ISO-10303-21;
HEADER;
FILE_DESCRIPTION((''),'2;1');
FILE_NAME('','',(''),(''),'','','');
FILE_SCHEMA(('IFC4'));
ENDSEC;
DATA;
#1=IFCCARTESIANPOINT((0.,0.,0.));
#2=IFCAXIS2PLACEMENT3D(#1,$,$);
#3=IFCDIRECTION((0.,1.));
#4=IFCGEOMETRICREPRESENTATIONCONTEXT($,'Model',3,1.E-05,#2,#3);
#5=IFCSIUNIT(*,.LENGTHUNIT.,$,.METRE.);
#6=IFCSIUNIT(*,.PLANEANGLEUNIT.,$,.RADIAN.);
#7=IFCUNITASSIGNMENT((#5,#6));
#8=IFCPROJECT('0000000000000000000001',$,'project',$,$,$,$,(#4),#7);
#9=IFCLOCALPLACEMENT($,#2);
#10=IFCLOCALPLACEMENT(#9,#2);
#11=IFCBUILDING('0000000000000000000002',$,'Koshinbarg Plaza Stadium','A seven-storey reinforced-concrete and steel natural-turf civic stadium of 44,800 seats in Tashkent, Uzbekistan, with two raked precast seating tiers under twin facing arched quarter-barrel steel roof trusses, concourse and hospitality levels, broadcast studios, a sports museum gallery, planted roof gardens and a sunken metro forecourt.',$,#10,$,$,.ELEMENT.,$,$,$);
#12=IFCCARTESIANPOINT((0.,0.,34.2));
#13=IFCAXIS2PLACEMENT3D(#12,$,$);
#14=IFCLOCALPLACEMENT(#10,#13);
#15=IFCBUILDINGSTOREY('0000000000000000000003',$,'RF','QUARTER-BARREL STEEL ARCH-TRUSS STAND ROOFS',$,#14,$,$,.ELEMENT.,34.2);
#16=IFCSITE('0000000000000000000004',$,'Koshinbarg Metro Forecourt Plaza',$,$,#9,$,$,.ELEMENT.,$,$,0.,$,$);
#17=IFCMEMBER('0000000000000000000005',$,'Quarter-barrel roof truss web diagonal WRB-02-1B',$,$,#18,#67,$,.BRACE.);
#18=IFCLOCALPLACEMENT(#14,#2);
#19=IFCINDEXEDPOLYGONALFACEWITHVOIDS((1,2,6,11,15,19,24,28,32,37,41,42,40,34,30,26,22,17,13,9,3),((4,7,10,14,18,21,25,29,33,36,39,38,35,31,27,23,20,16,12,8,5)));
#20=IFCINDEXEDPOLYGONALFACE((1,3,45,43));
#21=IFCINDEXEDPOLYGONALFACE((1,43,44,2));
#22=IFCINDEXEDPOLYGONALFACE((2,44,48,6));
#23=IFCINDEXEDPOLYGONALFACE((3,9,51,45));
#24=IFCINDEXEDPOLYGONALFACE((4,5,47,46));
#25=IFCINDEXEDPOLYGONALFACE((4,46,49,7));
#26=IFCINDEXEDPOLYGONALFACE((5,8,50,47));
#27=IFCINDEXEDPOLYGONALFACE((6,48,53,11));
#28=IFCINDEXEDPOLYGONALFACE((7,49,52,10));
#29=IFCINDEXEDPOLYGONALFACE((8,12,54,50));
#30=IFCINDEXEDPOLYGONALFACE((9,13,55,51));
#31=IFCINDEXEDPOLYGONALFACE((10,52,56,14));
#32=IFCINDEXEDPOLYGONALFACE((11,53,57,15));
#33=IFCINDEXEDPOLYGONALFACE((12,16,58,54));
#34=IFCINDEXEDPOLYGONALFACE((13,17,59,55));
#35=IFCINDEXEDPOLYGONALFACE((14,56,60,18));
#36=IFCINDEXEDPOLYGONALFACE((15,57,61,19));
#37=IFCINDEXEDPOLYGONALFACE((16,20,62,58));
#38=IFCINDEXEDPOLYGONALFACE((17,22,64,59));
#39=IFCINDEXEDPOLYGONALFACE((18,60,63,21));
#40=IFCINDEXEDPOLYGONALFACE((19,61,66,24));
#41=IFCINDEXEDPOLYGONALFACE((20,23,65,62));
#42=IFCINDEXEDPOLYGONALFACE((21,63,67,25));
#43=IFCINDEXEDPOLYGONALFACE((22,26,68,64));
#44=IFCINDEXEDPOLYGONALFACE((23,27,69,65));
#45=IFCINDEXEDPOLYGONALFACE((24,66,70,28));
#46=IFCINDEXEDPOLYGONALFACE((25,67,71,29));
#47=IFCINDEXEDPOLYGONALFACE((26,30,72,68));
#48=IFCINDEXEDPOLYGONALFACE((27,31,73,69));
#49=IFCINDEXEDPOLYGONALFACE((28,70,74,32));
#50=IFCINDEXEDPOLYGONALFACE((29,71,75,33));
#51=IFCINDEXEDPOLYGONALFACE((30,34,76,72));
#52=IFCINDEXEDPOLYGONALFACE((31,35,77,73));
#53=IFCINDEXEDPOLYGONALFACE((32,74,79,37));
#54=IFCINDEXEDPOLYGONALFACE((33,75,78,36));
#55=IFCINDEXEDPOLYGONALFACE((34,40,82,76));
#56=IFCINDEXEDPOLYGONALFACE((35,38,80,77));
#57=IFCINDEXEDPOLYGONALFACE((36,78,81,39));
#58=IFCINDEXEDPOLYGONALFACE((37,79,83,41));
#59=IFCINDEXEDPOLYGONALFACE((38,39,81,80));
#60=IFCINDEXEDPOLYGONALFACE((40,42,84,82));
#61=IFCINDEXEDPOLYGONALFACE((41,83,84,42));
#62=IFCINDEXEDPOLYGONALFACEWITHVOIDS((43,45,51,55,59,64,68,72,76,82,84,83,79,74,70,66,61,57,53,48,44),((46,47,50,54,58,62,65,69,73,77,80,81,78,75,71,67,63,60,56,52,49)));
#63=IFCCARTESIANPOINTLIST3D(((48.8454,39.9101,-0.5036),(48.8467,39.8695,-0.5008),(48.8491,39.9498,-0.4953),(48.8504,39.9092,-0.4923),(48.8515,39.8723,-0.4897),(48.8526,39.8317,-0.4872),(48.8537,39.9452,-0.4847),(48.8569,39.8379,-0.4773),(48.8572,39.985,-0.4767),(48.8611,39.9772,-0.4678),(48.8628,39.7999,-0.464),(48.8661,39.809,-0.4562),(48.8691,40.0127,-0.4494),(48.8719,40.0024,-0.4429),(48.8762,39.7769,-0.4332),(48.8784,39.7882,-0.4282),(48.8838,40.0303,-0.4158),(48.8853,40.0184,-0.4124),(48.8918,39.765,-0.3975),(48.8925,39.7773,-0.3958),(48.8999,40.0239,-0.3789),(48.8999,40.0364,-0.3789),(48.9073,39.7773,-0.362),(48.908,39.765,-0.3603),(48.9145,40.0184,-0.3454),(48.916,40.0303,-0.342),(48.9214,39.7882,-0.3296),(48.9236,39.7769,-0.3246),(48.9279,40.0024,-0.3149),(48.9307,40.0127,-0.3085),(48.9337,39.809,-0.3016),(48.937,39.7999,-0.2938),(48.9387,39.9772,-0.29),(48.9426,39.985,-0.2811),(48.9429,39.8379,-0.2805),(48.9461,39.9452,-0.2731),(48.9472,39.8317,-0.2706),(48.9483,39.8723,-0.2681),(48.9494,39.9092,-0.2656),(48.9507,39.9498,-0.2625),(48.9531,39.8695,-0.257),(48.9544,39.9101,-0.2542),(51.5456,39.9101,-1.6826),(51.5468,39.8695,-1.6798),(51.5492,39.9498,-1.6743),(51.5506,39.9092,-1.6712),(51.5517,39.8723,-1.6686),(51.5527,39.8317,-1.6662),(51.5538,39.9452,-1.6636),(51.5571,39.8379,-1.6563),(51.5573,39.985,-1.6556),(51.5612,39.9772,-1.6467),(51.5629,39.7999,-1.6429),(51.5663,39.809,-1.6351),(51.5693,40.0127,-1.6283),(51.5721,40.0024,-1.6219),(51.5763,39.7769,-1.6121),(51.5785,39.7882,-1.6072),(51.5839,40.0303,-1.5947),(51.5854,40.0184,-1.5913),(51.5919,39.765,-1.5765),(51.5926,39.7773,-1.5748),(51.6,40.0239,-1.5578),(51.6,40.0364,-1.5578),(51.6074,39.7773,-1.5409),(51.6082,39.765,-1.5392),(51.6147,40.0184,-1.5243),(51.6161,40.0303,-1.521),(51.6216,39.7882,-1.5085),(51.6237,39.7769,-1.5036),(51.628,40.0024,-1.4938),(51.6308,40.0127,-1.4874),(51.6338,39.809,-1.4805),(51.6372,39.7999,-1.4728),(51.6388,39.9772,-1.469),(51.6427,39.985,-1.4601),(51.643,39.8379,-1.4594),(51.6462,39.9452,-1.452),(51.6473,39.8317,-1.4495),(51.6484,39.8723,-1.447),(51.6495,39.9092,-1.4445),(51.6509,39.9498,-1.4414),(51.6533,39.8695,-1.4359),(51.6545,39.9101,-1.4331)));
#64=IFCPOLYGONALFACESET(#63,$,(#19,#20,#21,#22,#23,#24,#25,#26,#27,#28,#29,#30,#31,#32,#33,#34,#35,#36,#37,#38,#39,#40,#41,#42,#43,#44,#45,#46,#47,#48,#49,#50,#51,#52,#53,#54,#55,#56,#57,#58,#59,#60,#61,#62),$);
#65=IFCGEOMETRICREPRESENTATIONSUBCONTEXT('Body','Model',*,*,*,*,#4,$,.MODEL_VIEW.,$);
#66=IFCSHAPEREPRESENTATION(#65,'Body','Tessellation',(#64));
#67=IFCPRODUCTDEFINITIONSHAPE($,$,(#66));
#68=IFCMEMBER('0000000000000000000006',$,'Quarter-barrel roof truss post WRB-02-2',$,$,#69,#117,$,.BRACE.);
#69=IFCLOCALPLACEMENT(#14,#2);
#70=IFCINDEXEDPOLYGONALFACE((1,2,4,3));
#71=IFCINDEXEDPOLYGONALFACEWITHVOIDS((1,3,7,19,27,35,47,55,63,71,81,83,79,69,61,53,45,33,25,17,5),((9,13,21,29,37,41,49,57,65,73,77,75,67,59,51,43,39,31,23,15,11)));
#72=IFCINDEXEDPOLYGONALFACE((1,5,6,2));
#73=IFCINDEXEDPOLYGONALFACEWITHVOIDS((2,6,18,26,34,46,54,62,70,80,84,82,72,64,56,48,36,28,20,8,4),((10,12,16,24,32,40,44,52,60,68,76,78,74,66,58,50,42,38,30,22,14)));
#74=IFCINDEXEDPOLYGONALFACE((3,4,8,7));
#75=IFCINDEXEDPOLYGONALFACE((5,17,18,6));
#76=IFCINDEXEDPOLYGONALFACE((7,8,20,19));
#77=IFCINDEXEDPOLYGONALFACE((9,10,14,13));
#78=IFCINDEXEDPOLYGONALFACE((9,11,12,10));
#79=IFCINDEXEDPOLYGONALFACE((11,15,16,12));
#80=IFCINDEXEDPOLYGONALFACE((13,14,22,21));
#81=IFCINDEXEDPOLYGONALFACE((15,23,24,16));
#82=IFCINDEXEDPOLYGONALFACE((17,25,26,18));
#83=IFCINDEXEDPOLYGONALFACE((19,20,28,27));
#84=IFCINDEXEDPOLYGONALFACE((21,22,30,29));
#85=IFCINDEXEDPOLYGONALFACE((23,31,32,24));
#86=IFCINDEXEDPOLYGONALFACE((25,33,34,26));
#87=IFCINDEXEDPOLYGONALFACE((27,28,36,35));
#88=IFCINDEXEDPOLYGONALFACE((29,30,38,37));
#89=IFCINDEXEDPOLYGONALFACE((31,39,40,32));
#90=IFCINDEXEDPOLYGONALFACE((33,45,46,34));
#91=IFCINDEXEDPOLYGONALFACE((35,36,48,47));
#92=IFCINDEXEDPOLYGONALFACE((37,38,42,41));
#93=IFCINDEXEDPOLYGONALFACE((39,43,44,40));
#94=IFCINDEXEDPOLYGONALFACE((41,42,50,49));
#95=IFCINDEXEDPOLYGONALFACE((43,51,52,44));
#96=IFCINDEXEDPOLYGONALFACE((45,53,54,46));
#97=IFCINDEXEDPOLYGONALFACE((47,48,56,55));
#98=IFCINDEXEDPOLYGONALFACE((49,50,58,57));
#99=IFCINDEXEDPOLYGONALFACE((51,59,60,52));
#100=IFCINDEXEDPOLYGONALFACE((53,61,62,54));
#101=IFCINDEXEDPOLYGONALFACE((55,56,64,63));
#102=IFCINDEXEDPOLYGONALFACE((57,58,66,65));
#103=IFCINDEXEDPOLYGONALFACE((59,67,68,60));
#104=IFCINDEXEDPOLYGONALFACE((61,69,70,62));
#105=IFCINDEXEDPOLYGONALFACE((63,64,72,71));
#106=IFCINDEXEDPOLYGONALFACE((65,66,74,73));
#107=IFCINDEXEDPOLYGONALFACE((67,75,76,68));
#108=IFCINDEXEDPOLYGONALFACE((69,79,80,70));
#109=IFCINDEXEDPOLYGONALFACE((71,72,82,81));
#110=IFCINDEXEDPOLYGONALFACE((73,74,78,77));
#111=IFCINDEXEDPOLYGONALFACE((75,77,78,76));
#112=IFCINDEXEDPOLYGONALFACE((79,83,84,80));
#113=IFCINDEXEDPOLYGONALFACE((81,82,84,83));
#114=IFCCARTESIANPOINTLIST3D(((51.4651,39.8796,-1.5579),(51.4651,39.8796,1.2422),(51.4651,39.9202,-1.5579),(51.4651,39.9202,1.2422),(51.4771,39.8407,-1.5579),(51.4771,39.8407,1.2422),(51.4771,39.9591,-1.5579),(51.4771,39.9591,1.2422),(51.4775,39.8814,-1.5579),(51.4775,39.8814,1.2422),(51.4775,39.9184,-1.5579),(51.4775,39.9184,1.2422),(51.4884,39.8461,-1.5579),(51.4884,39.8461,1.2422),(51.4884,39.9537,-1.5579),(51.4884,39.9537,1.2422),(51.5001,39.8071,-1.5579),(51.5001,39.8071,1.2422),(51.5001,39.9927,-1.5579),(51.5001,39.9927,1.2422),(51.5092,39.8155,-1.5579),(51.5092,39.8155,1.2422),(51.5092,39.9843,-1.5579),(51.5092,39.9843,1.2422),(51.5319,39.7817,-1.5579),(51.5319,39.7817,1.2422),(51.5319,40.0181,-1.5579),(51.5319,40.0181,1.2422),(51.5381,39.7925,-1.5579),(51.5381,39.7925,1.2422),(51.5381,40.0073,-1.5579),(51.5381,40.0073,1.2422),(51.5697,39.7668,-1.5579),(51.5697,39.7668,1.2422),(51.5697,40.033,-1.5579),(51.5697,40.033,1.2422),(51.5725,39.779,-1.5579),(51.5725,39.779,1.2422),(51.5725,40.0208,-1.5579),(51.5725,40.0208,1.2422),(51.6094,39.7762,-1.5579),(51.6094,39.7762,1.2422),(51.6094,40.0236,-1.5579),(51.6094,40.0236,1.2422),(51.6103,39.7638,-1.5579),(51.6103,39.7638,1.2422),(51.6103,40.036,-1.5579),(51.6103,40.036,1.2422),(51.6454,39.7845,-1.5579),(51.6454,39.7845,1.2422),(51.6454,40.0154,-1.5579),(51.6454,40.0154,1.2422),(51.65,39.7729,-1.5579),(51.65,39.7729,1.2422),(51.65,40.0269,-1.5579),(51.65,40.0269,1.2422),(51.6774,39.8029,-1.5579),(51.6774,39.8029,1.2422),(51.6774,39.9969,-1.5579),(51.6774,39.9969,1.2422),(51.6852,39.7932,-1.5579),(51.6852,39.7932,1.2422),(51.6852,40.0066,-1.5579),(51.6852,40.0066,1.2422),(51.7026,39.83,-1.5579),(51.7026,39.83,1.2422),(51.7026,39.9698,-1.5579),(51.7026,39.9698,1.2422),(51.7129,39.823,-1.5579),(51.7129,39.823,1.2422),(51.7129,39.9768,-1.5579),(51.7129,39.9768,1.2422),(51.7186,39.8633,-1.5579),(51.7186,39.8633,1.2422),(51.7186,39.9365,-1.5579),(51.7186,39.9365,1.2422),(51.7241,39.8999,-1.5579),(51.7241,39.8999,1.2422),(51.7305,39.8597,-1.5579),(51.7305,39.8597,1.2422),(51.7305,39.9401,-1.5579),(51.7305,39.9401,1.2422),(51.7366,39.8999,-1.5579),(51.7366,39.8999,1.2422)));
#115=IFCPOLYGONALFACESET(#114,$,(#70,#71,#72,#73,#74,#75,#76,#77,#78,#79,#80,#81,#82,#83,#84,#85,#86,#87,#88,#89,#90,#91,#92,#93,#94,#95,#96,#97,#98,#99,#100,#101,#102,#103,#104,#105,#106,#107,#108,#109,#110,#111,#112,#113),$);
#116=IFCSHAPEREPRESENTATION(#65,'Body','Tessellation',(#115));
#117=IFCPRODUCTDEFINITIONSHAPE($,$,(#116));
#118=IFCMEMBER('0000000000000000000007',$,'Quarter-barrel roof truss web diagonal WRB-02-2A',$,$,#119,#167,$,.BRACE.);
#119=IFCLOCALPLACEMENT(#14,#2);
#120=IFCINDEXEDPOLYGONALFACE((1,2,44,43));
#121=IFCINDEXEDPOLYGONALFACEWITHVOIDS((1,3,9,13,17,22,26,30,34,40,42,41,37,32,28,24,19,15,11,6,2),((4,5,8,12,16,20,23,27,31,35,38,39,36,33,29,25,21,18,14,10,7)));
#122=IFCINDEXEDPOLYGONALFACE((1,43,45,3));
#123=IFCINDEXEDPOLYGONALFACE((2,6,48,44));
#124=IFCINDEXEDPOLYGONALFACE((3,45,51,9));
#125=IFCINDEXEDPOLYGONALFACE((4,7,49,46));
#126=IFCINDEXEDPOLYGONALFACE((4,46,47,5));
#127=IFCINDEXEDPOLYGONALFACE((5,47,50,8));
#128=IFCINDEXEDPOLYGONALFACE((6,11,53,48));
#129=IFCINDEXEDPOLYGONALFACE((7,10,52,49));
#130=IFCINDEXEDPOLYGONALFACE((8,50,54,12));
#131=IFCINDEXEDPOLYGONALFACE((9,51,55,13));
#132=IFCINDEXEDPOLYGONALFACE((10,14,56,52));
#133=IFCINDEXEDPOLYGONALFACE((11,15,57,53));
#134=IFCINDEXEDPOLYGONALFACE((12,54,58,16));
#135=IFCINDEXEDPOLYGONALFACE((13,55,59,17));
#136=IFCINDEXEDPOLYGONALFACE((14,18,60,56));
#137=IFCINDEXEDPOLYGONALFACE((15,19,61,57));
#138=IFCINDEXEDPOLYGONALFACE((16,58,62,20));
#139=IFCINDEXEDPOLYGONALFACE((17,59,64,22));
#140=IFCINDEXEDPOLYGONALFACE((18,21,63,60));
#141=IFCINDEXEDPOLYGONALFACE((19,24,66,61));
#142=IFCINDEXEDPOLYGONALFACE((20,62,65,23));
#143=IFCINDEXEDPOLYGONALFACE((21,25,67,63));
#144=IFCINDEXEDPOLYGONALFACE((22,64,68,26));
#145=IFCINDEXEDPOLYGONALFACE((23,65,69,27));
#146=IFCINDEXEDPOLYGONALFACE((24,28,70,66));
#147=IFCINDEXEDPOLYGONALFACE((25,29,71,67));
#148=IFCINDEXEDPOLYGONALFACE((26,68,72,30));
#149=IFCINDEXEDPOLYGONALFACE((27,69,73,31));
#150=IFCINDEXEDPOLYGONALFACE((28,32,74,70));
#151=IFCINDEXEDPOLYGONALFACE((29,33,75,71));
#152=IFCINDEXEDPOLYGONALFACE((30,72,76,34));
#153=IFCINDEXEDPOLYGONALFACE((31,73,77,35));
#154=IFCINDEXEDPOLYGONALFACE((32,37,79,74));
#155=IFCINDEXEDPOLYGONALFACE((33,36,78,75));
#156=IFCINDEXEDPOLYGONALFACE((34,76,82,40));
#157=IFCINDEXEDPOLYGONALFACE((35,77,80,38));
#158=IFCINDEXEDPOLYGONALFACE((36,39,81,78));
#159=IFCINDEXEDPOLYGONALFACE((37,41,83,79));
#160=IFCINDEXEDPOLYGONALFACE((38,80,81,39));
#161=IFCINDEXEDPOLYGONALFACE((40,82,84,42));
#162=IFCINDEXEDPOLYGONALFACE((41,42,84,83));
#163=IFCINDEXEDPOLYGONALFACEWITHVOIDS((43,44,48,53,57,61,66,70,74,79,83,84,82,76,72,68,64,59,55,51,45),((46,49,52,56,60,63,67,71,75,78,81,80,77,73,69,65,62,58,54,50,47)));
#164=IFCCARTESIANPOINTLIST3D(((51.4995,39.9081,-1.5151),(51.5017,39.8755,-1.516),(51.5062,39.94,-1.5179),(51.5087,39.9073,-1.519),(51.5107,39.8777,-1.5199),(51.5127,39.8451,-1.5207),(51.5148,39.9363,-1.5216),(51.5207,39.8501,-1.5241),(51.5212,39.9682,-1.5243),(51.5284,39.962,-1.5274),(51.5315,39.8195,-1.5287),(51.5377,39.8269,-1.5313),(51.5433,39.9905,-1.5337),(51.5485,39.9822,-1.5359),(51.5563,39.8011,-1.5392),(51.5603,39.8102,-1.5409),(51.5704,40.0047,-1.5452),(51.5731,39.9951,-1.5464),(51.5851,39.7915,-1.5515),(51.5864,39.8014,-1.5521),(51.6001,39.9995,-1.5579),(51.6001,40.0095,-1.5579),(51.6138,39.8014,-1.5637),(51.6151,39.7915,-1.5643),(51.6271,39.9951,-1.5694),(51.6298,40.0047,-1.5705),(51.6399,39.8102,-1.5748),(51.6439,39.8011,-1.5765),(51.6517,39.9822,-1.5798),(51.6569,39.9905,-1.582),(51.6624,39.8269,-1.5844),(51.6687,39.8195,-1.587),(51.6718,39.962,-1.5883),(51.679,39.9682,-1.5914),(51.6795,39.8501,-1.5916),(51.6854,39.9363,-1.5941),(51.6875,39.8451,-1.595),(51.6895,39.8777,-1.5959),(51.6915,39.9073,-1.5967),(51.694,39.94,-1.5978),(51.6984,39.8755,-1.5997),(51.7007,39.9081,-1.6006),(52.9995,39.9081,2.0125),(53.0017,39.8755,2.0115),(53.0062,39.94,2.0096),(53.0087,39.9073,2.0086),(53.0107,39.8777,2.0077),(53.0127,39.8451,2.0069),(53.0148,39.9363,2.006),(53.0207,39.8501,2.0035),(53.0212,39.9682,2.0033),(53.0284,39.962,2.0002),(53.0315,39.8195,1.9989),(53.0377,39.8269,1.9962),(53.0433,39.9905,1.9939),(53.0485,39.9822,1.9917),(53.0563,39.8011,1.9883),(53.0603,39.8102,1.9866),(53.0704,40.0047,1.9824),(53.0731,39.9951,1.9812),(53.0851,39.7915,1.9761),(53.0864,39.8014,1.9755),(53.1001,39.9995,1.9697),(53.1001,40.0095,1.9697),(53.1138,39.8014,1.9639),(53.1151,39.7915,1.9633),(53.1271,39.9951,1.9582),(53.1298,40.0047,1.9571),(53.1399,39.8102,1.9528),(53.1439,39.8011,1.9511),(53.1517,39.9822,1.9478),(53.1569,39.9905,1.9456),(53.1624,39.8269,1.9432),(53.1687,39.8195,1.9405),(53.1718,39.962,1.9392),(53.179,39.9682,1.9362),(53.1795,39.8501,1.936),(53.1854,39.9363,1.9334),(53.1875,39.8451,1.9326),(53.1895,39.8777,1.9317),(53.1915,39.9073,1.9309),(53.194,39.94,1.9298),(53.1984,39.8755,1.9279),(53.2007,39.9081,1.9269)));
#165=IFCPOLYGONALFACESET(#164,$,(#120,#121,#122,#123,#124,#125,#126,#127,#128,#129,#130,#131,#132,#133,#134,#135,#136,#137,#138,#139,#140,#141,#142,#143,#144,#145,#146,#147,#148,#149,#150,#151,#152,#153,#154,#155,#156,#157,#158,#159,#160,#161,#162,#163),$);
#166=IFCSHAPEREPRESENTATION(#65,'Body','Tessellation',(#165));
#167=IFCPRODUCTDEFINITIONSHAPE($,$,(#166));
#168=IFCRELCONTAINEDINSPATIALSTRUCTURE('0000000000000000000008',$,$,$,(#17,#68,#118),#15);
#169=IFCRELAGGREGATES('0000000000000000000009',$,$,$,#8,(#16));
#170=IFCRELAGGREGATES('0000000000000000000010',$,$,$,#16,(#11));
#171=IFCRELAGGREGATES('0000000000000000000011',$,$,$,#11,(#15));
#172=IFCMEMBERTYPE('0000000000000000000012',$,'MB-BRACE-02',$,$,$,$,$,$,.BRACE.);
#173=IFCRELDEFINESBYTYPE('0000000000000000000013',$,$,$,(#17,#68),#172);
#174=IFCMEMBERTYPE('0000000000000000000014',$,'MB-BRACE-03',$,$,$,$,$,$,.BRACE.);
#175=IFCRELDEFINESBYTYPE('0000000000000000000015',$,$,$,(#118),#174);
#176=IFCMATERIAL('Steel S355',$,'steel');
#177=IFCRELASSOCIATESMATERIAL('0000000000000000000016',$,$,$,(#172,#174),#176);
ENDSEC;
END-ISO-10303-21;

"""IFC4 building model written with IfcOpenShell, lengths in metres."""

from ifc_helpers import new_model, si_unit, direction, frame, origin, origin_2d, place, context, subcontext, project, spatial, hollow_circle, extrude, material, material_profile, profile_set, type_object, element, save


model = new_model("IFC4")

# Units and contexts
model_context = context("Model", 3, precision=1e-05, world=origin(), true_north=direction((0.0, 1.0)))
body_context = subcontext(model_context, "Body", "Model", "MODEL_VIEW")
ifc_project = project(units=[si_unit("LENGTHUNIT", "METRE"), si_unit("PLANEANGLEUNIT", "RADIAN")], contexts=[model_context])

# Site, building, storey
site_placement = place(None, origin())
site = spatial("IfcSite", under=ifc_project, at=site_placement, Name="Koshinbarg Metro Forecourt Plaza", CompositionType="ELEMENT", RefElevation=0.0)
building_placement = place(site_placement, origin())
building = spatial("IfcBuilding", under=site, at=building_placement, Name="Koshinbarg Plaza Stadium", Description="A seven-storey reinforced-concrete and steel natural-turf civic stadium of 44,800 seats in Tashkent, Uzbekistan, with two raked precast seating tiers under twin facing arched quarter-barrel steel roof trusses, concourse and hospitality levels, broadcast studios, a sports museum gallery, planted roof gardens and a sunken metro forecourt.", CompositionType="ELEMENT")
storey_placement = place(building_placement, frame((0.0, 0.0, 34.2)))
storey = spatial("IfcBuildingStorey", under=building, at=storey_placement, Name="RF", Description="QUARTER-BARREL STEEL ARCH-TRUSS STAND ROOFS", CompositionType="ELEMENT", Elevation=34.2)

# Members
ifc_material_1 = material(Name="Steel S355", Category="steel")
ifc_material_profile_1 = material_profile(ifc_material_1, hollow_circle(Radius=0.1365, WallThickness=0.0125, at=origin_2d()), Name="CHS 273x12.5")
ifc_profile_set_1 = profile_set([ifc_material_profile_1], Name="Steel S355")
member_type_1 = type_object("IfcMemberType", Name="MB-BRACE-02", PredefinedType="BRACE", material=ifc_profile_set_1)
member_1_placement = place(storey_placement, frame((48.8999, 39.8999, -0.3789), z_axis=(0.916454, 0.0, -0.400141), x_axis=(0.0, 1.0, 0.0)))
element("IfcMember", 1, at=member_1_placement, inside=storey, type_object=member_type_1, Name="Quarter-barrel roof truss web diagonal WRB-02-1B", PredefinedType="BRACE", context=body_context, shape_type="SweptSolid", body=[
    extrude(hollow_circle(Radius=0.1365, WallThickness=0.0125, at=origin_2d()), origin(), (0.0, 0.0, 1.0), 2.9463),
])
member_2_placement = place(storey_placement, frame((51.6001, 39.8999, -1.5579), z_axis=(0.0, 0.0, 1.0), x_axis=(1.0, 0.0, 0.0)))
element("IfcMember", 2, at=member_2_placement, inside=storey, type_object=member_type_1, Name="Quarter-barrel roof truss post WRB-02-2", PredefinedType="BRACE", context=body_context, shape_type="SweptSolid", body=[
    extrude(hollow_circle(Radius=0.1365, WallThickness=0.0125, at=origin_2d()), origin(), (0.0, 0.0, 1.0), 2.8),
])
ifc_material_profile_2 = material_profile(ifc_material_1, hollow_circle(Radius=0.1096, WallThickness=0.01, at=origin_2d()), Name="CHS 219.1x10")
ifc_profile_set_2 = profile_set([ifc_material_profile_2], Name="Steel S355")
member_type_2 = type_object("IfcMemberType", Name="MB-BRACE-03", PredefinedType="BRACE", material=ifc_profile_set_2)
member_3_placement = place(storey_placement, frame((51.6001, 39.8999, -1.5579), z_axis=(0.391312, 0.0, 0.920258), x_axis=(0.0, 1.0, 0.0)))
element("IfcMember", 3, at=member_3_placement, inside=storey, type_object=member_type_2, Name="Quarter-barrel roof truss web diagonal WRB-02-2A", PredefinedType="BRACE", context=body_context, shape_type="SweptSolid", body=[
    extrude(hollow_circle(Radius=0.1096, WallThickness=0.01, at=origin_2d()), origin(), (0.0, 0.0, 1.0), 3.8333),
])

save(model, "model.ifc")
